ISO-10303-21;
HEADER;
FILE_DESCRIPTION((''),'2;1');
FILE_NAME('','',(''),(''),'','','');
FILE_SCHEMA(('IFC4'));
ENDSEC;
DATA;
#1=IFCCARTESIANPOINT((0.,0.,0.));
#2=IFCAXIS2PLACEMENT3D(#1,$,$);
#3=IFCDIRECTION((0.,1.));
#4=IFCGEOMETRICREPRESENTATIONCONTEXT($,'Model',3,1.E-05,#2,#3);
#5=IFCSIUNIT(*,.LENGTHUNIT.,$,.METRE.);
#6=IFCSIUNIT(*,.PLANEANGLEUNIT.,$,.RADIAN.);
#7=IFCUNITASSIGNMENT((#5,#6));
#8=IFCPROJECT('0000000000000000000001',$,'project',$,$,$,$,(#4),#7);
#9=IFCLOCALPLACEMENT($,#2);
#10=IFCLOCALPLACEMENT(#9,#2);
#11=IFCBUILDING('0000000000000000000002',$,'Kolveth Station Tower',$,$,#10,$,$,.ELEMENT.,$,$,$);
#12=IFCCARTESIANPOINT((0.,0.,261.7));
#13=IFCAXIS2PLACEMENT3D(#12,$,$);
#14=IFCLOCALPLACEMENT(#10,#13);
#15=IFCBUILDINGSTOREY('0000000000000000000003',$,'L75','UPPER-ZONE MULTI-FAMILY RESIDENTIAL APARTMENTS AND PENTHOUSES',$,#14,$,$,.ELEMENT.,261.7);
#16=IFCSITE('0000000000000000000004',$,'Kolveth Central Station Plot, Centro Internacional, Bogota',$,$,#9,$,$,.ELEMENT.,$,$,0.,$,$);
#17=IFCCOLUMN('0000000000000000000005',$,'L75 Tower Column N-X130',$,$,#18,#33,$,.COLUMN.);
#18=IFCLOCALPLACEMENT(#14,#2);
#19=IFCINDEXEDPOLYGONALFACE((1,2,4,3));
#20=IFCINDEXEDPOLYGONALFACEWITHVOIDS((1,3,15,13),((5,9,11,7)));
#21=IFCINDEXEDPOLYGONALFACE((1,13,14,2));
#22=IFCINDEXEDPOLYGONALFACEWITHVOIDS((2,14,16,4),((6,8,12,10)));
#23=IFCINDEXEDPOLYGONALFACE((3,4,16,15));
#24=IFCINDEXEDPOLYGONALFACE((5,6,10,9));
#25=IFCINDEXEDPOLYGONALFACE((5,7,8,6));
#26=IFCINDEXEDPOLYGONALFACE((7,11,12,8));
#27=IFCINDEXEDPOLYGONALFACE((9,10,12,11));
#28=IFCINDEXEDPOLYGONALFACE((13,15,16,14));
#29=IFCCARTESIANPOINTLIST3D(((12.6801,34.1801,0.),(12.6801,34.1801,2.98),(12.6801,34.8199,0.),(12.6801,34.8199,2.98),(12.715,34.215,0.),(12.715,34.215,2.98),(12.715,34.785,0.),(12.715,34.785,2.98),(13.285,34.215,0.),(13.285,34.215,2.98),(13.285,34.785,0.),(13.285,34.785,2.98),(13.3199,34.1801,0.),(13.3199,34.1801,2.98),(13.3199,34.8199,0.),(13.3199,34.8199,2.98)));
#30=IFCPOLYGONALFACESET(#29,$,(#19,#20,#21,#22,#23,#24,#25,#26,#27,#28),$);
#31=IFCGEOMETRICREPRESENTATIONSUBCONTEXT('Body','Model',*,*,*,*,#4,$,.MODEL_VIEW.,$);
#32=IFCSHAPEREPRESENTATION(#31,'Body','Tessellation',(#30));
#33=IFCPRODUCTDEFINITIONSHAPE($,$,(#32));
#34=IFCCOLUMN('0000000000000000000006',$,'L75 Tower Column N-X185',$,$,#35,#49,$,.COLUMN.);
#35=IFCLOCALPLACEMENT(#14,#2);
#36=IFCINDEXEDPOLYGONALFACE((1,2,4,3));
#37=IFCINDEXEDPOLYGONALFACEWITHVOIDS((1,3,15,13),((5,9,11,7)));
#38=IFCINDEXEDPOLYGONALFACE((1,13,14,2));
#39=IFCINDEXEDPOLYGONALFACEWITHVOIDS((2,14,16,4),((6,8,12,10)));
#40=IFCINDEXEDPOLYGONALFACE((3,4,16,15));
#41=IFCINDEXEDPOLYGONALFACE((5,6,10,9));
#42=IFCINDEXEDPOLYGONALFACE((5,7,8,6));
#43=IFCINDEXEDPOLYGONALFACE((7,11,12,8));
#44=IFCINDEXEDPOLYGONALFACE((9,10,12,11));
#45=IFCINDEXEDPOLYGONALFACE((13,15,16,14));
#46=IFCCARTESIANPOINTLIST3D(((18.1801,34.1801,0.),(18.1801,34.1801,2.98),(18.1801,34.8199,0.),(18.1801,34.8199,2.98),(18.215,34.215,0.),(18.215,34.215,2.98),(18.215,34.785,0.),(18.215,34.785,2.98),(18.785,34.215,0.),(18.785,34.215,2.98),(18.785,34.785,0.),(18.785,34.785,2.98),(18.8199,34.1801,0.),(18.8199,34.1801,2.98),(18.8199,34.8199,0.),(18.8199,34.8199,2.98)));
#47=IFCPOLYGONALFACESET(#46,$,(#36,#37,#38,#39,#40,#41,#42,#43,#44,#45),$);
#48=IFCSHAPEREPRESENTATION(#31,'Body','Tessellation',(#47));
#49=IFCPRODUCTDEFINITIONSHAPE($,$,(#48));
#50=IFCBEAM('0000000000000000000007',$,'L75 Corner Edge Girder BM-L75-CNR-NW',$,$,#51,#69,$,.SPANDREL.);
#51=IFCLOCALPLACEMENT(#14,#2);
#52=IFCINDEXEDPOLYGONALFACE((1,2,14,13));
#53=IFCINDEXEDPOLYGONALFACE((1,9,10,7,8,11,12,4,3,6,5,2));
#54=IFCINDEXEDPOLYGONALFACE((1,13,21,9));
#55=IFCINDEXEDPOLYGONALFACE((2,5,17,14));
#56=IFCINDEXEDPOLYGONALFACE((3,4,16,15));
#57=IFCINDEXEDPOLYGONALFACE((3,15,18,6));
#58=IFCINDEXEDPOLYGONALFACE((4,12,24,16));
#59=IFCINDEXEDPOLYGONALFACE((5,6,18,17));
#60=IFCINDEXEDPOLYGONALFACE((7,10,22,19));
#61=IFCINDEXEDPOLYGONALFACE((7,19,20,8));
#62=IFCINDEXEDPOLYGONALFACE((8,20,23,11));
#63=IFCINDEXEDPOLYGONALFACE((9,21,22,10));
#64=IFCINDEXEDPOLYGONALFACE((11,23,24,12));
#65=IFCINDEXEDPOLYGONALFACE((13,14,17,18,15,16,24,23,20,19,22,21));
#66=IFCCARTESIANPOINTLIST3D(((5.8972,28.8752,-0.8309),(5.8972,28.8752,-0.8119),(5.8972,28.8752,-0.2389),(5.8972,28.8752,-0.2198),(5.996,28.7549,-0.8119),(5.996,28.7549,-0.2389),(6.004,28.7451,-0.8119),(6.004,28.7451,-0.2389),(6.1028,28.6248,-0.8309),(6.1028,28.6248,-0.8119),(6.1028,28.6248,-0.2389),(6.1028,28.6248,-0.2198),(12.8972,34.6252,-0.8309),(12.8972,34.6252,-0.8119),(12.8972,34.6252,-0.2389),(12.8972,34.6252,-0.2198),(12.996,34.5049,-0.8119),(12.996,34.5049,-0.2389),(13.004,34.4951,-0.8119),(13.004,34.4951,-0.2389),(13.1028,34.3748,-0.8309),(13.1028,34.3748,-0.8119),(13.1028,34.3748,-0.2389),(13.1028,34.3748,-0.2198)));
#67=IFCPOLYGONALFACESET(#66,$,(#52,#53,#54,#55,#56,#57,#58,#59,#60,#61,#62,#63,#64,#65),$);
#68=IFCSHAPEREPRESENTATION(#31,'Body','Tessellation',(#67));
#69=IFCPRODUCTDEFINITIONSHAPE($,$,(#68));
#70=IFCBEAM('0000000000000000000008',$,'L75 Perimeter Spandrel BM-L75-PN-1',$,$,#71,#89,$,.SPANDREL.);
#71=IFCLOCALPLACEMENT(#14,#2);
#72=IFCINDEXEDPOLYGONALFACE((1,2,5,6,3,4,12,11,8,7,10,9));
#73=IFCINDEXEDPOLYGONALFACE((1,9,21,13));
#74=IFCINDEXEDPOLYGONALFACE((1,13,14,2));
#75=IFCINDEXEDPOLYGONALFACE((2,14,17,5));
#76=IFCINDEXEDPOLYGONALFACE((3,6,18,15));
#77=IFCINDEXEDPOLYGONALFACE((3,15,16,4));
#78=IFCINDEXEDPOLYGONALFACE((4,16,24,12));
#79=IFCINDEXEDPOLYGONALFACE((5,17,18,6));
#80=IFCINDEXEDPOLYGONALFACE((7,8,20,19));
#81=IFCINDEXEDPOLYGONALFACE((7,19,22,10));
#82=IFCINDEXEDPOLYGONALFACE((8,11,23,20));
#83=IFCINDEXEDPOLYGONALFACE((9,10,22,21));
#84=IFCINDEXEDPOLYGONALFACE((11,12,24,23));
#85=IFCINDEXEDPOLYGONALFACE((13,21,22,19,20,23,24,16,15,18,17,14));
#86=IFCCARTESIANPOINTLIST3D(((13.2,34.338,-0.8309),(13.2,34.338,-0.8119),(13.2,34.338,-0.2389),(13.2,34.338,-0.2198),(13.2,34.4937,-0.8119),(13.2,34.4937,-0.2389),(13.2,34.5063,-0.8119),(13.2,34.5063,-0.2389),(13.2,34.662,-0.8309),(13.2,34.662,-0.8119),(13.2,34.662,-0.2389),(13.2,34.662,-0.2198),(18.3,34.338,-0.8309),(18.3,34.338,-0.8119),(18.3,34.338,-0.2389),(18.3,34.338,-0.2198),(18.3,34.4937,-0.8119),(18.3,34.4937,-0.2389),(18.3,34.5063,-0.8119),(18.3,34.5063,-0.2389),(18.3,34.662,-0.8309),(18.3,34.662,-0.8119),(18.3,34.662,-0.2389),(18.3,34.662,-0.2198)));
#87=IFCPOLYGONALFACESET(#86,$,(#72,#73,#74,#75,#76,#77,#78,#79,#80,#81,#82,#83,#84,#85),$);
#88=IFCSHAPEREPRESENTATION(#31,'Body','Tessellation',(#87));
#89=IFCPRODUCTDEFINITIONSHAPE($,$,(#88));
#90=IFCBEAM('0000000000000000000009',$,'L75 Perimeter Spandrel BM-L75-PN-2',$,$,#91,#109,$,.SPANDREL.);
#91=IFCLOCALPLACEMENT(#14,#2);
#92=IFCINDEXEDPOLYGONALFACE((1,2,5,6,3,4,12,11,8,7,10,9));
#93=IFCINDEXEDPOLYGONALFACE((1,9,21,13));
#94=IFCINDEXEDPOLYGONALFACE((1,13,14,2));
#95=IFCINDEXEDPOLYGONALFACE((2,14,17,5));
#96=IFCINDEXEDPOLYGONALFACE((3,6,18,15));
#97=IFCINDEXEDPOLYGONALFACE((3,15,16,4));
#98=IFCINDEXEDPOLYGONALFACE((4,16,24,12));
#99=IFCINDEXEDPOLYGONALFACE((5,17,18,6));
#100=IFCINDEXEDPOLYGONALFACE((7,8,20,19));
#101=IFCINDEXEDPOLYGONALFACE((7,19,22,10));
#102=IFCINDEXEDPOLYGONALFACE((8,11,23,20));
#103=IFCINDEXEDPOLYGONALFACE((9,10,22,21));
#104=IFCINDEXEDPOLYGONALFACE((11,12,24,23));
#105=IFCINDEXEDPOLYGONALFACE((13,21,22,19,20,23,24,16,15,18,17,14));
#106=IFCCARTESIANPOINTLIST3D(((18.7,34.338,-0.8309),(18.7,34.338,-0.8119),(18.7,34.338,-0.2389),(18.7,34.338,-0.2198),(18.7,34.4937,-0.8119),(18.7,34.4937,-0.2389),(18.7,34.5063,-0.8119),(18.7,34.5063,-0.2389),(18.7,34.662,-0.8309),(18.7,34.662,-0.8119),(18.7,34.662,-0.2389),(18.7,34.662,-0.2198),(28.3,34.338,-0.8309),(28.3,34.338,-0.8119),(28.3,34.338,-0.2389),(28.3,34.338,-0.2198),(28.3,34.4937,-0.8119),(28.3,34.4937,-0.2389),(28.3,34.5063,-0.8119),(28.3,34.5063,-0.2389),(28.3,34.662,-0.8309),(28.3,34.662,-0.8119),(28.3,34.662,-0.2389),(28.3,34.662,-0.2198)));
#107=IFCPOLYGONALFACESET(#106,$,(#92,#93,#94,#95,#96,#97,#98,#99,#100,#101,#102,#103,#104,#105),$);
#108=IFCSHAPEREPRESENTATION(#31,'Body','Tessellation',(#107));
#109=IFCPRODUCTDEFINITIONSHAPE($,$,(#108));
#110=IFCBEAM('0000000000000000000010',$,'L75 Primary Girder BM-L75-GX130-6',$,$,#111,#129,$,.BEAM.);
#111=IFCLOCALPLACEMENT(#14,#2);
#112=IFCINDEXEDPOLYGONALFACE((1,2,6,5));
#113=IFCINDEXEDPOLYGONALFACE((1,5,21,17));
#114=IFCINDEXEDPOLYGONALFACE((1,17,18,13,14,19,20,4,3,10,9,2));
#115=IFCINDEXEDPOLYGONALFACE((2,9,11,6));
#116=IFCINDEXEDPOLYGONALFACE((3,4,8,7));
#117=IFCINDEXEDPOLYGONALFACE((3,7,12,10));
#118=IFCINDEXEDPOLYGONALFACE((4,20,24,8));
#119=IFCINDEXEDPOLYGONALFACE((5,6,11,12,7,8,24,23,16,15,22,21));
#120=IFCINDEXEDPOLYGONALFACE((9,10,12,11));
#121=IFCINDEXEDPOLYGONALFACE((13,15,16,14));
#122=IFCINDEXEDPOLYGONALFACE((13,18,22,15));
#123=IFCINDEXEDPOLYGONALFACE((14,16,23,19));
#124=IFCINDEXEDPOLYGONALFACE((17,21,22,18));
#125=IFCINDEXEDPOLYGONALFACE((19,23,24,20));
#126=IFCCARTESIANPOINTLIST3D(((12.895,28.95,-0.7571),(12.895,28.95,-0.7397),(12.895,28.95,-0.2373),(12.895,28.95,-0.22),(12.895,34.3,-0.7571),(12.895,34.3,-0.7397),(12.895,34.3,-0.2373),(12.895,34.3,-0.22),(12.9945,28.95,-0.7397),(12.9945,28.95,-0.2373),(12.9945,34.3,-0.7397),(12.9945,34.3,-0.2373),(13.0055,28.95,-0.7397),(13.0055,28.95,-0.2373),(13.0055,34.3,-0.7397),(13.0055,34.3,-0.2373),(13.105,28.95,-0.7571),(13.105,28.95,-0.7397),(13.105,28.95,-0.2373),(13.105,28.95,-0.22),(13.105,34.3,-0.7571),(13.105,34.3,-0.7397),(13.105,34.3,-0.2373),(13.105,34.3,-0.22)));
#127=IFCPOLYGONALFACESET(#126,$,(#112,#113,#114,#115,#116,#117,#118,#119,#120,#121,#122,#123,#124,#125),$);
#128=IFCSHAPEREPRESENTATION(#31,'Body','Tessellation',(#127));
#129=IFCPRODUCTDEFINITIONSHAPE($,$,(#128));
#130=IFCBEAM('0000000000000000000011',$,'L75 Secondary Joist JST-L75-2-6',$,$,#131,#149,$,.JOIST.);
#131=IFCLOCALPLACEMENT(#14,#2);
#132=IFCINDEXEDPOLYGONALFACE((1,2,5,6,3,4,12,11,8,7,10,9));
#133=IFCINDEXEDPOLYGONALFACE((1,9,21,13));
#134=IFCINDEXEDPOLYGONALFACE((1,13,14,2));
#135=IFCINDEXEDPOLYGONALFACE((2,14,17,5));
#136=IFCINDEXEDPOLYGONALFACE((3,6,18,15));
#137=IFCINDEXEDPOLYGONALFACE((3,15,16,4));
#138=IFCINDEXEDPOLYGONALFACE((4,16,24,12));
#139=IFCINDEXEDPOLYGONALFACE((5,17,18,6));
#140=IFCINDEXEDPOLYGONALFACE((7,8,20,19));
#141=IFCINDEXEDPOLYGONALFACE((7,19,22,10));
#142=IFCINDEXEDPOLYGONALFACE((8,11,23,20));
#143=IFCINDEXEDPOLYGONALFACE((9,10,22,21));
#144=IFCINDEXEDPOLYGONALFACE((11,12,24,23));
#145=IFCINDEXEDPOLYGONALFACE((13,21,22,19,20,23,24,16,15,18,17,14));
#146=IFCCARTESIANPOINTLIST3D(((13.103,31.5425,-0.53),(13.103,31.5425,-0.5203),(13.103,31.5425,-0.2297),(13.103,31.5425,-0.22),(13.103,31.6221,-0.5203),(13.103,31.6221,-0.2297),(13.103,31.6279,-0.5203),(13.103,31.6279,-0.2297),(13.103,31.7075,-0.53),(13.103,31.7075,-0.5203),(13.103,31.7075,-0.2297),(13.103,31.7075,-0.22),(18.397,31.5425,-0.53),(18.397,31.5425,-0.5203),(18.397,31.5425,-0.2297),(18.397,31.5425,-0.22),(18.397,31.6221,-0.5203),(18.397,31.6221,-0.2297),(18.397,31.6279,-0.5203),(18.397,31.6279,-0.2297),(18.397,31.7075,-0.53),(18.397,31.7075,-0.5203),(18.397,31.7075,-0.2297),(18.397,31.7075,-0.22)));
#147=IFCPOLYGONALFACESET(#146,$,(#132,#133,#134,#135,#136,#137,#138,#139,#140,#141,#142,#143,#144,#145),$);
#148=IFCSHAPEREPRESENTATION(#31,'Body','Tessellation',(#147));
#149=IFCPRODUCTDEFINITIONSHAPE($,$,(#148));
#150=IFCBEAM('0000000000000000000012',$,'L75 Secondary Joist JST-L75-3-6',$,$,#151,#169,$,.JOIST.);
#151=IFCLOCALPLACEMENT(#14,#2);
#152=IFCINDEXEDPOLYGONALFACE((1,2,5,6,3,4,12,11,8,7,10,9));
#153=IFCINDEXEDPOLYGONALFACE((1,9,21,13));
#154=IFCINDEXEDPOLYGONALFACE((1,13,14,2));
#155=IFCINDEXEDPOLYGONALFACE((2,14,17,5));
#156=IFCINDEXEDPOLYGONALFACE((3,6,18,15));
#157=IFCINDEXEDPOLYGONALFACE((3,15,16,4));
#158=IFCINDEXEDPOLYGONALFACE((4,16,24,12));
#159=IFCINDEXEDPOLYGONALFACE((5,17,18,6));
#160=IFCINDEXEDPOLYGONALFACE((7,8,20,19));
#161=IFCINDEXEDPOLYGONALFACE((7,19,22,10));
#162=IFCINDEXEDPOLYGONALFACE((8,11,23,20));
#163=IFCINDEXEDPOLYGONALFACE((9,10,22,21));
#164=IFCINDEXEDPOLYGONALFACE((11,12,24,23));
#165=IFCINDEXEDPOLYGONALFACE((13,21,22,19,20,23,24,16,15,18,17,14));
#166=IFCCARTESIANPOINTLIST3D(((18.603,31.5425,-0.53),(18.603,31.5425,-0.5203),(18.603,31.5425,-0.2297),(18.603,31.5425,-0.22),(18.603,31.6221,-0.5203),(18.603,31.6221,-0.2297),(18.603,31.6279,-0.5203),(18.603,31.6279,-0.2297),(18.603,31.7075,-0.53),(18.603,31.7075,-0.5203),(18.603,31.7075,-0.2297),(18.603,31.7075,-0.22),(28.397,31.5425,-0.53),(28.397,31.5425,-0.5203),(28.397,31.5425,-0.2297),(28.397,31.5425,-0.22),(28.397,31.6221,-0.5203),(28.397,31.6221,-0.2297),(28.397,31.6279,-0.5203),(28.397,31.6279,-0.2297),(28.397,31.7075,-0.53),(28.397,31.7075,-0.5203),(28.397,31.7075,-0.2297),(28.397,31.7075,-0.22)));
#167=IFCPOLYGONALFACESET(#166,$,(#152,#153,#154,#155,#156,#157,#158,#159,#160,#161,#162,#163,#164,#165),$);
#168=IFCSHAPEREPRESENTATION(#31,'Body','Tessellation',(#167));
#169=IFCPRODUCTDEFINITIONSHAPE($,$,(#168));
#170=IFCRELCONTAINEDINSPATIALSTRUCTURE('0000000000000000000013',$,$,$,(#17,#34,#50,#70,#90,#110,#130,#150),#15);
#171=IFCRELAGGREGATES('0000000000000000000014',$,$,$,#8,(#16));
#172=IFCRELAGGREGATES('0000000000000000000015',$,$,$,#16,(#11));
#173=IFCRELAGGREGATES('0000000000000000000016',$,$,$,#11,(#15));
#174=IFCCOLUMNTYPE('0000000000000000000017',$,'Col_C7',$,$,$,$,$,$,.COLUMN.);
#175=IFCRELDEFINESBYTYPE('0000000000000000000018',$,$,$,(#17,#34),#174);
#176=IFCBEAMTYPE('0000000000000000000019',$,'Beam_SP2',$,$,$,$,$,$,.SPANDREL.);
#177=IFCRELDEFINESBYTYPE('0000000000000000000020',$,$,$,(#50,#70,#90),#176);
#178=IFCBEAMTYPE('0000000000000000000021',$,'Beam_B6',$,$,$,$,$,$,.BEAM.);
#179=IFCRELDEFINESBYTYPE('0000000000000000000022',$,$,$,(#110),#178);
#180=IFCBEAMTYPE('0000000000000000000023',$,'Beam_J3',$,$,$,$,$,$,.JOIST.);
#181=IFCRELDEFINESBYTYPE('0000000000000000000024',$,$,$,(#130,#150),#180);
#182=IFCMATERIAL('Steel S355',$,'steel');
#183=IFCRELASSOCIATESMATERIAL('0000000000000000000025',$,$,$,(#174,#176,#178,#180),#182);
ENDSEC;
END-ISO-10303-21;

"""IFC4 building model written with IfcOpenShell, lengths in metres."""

from ifc_helpers import new_model, si_unit, direction, frame, origin, origin_2d, place, context, subcontext, project, spatial, hollow_rectangle, i_section, extrude, source, transform, mapped, material, material_profile, profile_set, type_object, element, save


model = new_model("IFC4")

# Units and contexts
model_context = context("Model", 3, precision=1e-05, world=origin(), true_north=direction((0.0, 1.0)))
body_context = subcontext(model_context, "Body", "Model", "MODEL_VIEW")
ifc_project = project(units=[si_unit("LENGTHUNIT", "METRE"), si_unit("PLANEANGLEUNIT", "RADIAN")], contexts=[model_context])

# Site, building, storey
site_placement = place(None, origin())
site = spatial("IfcSite", under=ifc_project, at=site_placement, Name="Kolveth Central Station Plot, Centro Internacional, Bogota", CompositionType="ELEMENT", RefElevation=0.0)
building_placement = place(site_placement, origin())
building = spatial("IfcBuilding", under=site, at=building_placement, Name="Kolveth Station Tower", CompositionType="ELEMENT")
storey_placement = place(building_placement, frame((0.0, 0.0, 261.7)))
storey = spatial("IfcBuildingStorey", under=building, at=storey_placement, Name="L75", Description="UPPER-ZONE MULTI-FAMILY RESIDENTIAL APARTMENTS AND PENTHOUSES", CompositionType="ELEMENT", Elevation=261.7)

# Columns
ifc_material_1 = material(Name="Steel S355", Category="steel")
ifc_material_profile_1 = material_profile(ifc_material_1, hollow_rectangle(XDim=0.6399, YDim=0.6399, WallThickness=0.0349, at=origin_2d()), Name="BOX640x640x35")
ifc_profile_set_1 = profile_set([ifc_material_profile_1], Name="Steel S355")
column_type = type_object("IfcColumnType", Name="Col_C7", PredefinedType="COLUMN", material=ifc_profile_set_1)
shared_shape_1 = source(origin(), body_context, "Body", "SweptSolid", [
    extrude(hollow_rectangle(XDim=0.6399, YDim=0.6399, WallThickness=0.0349, at=origin_2d()), origin(), (0.0, 0.0, 1.0), 2.98),
])
for number, where, z_axis, x_axis, name in (
    (1, (13.0, 34.5, 0.0), (0.0, 0.0, 1.0), (1.0, 0.0, 0.0), "L75 Tower Column N-X130"),
    (2, (18.5, 34.5, 0.0), (0.0, 0.0, 1.0), (1.0, 0.0, 0.0), "L75 Tower Column N-X185"),
):
    element("IfcColumn", number, at=place(storey_placement, frame(where, z_axis=z_axis, x_axis=x_axis)), inside=storey, type_object=column_type, Name=name, PredefinedType="COLUMN", context=body_context, shape_type="MappedRepresentation", body=[
        mapped(shared_shape_1, transform((0.0, 0.0, 0.0), x_axis=(1.0, 0.0, 0.0), y_axis=(0.0, 1.0, 0.0), z_axis=(0.0, 0.0, 1.0), scale=1.0)),
    ])

# Beams
ifc_material_profile_2 = material_profile(ifc_material_1, i_section(OverallWidth=0.324, OverallDepth=0.6111, WebThickness=0.0127, FlangeThickness=0.019, at=origin_2d()), Name="W610x155")
ifc_profile_set_2 = profile_set([ifc_material_profile_2], Name="Steel S355")
beam_type_1 = type_object("IfcBeamType", Name="Beam_SP2", PredefinedType="SPANDREL", material=ifc_profile_set_2)
shared_shape_2 = source(origin(), body_context, "Body", "SweptSolid", [
    extrude(i_section(OverallWidth=0.324, OverallDepth=0.6111, WebThickness=0.0127, FlangeThickness=0.019, at=origin_2d()), origin(), (0.0, 0.0, 1.0), 9.0588),
])
beam_1_placement = place(storey_placement, frame((13.0, 34.5, -0.5254), z_axis=(-0.772726, -0.634739, 0.0), x_axis=(0.634739, -0.772726, 0.0)))
element("IfcBeam", 3, at=beam_1_placement, inside=storey, type_object=beam_type_1, Name="L75 Corner Edge Girder BM-L75-CNR-NW", PredefinedType="SPANDREL", context=body_context, shape_type="MappedRepresentation", body=[
    mapped(shared_shape_2, transform((0.0, 0.0, 0.0), x_axis=(1.0, 0.0, 0.0), y_axis=(0.0, 1.0, 0.0), z_axis=(0.0, 0.0, 1.0), scale=1.0)),
])
shared_shape_3 = source(origin(), body_context, "Body", "SweptSolid", [
    extrude(i_section(OverallWidth=0.324, OverallDepth=0.6111, WebThickness=0.0127, FlangeThickness=0.019, at=origin_2d()), origin(), (0.0, 0.0, 1.0), 5.1001),
])
beam_2_placement = place(storey_placement, frame((13.2, 34.5, -0.5254), z_axis=(1.0, 0.0, 0.0), x_axis=(0.0, 1.0, 0.0)))
element("IfcBeam", 4, at=beam_2_placement, inside=storey, type_object=beam_type_1, Name="L75 Perimeter Spandrel BM-L75-PN-1", PredefinedType="SPANDREL", context=body_context, shape_type="MappedRepresentation", body=[
    mapped(shared_shape_3, transform((0.0, 0.0, 0.0), x_axis=(1.0, 0.0, 0.0), y_axis=(0.0, 1.0, 0.0), z_axis=(0.0, 0.0, 1.0), scale=1.0)),
])
shared_shape_4 = source(origin(), body_context, "Body", "SweptSolid", [
    extrude(i_section(OverallWidth=0.324, OverallDepth=0.6111, WebThickness=0.0127, FlangeThickness=0.019, at=origin_2d()), origin(), (0.0, 0.0, 1.0), 9.6001),
])
beam_3_placement = place(storey_placement, frame((18.7, 34.5, -0.5254), z_axis=(1.0, 0.0, 0.0), x_axis=(0.0, 1.0, 0.0)))
element("IfcBeam", 5, at=beam_3_placement, inside=storey, type_object=beam_type_1, Name="L75 Perimeter Spandrel BM-L75-PN-2", PredefinedType="SPANDREL", context=body_context, shape_type="MappedRepresentation", body=[
    mapped(shared_shape_4, transform((0.0, 0.0, 0.0), x_axis=(1.0, 0.0, 0.0), y_axis=(0.0, 1.0, 0.0), z_axis=(0.0, 0.0, 1.0), scale=1.0)),
])
ifc_material_profile_3 = material_profile(ifc_material_1, i_section(OverallWidth=0.21, OverallDepth=0.5371, WebThickness=0.011, FlangeThickness=0.0173, at=origin_2d()), Name="W530x101")
ifc_profile_set_3 = profile_set([ifc_material_profile_3], Name="Steel S355")
beam_type_2 = type_object("IfcBeamType", Name="Beam_B6", PredefinedType="BEAM", material=ifc_profile_set_3)
shared_shape_5 = source(origin(), body_context, "Body", "SweptSolid", [
    extrude(i_section(OverallWidth=0.21, OverallDepth=0.5371, WebThickness=0.011, FlangeThickness=0.0173, at=origin_2d()), origin(), (0.0, 0.0, 1.0), 5.3501),
])
beam_4_placement = place(storey_placement, frame((13.0, 28.95, -0.4885), z_axis=(0.0, 1.0, 0.0), x_axis=(-1.0, 0.0, 0.0)))
element("IfcBeam", 6, at=beam_4_placement, inside=storey, type_object=beam_type_2, Name="L75 Primary Girder BM-L75-GX130-6", PredefinedType="BEAM", context=body_context, shape_type="MappedRepresentation", body=[
    mapped(shared_shape_5, transform((0.0, 0.0, 0.0), x_axis=(1.0, 0.0, 0.0), y_axis=(0.0, 1.0, 0.0), z_axis=(0.0, 0.0, 1.0), scale=1.0)),
])
ifc_material_profile_4 = material_profile(ifc_material_1, i_section(OverallWidth=0.165, OverallDepth=0.3101, WebThickness=0.0059, FlangeThickness=0.0098, at=origin_2d()), Name="W310x39")
ifc_profile_set_4 = profile_set([ifc_material_profile_4], Name="Steel S355")
beam_type_3 = type_object("IfcBeamType", Name="Beam_J3", PredefinedType="JOIST", material=ifc_profile_set_4)
shared_shape_6 = source(origin(), body_context, "Body", "SweptSolid", [
    extrude(i_section(OverallWidth=0.165, OverallDepth=0.3101, WebThickness=0.0059, FlangeThickness=0.0098, at=origin_2d()), origin(), (0.0, 0.0, 1.0), 5.2939),
])
beam_5_placement = place(storey_placement, frame((13.103, 31.625, -0.375), z_axis=(1.0, 0.0, 0.0), x_axis=(0.0, 1.0, 0.0)))
element("IfcBeam", 7, at=beam_5_placement, inside=storey, type_object=beam_type_3, Name="L75 Secondary Joist JST-L75-2-6", PredefinedType="JOIST", context=body_context, shape_type="MappedRepresentation", body=[
    mapped(shared_shape_6, transform((0.0, 0.0, 0.0), x_axis=(1.0, 0.0, 0.0), y_axis=(0.0, 1.0, 0.0), z_axis=(0.0, 0.0, 1.0), scale=1.0)),
])
shared_shape_7 = source(origin(), body_context, "Body", "SweptSolid", [
    extrude(i_section(OverallWidth=0.165, OverallDepth=0.3101, WebThickness=0.0059, FlangeThickness=0.0098, at=origin_2d()), origin(), (0.0, 0.0, 1.0), 9.7939),
])
beam_6_placement = place(storey_placement, frame((18.603, 31.625, -0.375), z_axis=(1.0, 0.0, 0.0), x_axis=(0.0, 1.0, 0.0)))
element("IfcBeam", 8, at=beam_6_placement, inside=storey, type_object=beam_type_3, Name="L75 Secondary Joist JST-L75-3-6", PredefinedType="JOIST", context=body_context, shape_type="MappedRepresentation", body=[
    mapped(shared_shape_7, transform((0.0, 0.0, 0.0), x_axis=(1.0, 0.0, 0.0), y_axis=(0.0, 1.0, 0.0), z_axis=(0.0, 0.0, 1.0), scale=1.0)),
])

save(model, "model.ifc")
